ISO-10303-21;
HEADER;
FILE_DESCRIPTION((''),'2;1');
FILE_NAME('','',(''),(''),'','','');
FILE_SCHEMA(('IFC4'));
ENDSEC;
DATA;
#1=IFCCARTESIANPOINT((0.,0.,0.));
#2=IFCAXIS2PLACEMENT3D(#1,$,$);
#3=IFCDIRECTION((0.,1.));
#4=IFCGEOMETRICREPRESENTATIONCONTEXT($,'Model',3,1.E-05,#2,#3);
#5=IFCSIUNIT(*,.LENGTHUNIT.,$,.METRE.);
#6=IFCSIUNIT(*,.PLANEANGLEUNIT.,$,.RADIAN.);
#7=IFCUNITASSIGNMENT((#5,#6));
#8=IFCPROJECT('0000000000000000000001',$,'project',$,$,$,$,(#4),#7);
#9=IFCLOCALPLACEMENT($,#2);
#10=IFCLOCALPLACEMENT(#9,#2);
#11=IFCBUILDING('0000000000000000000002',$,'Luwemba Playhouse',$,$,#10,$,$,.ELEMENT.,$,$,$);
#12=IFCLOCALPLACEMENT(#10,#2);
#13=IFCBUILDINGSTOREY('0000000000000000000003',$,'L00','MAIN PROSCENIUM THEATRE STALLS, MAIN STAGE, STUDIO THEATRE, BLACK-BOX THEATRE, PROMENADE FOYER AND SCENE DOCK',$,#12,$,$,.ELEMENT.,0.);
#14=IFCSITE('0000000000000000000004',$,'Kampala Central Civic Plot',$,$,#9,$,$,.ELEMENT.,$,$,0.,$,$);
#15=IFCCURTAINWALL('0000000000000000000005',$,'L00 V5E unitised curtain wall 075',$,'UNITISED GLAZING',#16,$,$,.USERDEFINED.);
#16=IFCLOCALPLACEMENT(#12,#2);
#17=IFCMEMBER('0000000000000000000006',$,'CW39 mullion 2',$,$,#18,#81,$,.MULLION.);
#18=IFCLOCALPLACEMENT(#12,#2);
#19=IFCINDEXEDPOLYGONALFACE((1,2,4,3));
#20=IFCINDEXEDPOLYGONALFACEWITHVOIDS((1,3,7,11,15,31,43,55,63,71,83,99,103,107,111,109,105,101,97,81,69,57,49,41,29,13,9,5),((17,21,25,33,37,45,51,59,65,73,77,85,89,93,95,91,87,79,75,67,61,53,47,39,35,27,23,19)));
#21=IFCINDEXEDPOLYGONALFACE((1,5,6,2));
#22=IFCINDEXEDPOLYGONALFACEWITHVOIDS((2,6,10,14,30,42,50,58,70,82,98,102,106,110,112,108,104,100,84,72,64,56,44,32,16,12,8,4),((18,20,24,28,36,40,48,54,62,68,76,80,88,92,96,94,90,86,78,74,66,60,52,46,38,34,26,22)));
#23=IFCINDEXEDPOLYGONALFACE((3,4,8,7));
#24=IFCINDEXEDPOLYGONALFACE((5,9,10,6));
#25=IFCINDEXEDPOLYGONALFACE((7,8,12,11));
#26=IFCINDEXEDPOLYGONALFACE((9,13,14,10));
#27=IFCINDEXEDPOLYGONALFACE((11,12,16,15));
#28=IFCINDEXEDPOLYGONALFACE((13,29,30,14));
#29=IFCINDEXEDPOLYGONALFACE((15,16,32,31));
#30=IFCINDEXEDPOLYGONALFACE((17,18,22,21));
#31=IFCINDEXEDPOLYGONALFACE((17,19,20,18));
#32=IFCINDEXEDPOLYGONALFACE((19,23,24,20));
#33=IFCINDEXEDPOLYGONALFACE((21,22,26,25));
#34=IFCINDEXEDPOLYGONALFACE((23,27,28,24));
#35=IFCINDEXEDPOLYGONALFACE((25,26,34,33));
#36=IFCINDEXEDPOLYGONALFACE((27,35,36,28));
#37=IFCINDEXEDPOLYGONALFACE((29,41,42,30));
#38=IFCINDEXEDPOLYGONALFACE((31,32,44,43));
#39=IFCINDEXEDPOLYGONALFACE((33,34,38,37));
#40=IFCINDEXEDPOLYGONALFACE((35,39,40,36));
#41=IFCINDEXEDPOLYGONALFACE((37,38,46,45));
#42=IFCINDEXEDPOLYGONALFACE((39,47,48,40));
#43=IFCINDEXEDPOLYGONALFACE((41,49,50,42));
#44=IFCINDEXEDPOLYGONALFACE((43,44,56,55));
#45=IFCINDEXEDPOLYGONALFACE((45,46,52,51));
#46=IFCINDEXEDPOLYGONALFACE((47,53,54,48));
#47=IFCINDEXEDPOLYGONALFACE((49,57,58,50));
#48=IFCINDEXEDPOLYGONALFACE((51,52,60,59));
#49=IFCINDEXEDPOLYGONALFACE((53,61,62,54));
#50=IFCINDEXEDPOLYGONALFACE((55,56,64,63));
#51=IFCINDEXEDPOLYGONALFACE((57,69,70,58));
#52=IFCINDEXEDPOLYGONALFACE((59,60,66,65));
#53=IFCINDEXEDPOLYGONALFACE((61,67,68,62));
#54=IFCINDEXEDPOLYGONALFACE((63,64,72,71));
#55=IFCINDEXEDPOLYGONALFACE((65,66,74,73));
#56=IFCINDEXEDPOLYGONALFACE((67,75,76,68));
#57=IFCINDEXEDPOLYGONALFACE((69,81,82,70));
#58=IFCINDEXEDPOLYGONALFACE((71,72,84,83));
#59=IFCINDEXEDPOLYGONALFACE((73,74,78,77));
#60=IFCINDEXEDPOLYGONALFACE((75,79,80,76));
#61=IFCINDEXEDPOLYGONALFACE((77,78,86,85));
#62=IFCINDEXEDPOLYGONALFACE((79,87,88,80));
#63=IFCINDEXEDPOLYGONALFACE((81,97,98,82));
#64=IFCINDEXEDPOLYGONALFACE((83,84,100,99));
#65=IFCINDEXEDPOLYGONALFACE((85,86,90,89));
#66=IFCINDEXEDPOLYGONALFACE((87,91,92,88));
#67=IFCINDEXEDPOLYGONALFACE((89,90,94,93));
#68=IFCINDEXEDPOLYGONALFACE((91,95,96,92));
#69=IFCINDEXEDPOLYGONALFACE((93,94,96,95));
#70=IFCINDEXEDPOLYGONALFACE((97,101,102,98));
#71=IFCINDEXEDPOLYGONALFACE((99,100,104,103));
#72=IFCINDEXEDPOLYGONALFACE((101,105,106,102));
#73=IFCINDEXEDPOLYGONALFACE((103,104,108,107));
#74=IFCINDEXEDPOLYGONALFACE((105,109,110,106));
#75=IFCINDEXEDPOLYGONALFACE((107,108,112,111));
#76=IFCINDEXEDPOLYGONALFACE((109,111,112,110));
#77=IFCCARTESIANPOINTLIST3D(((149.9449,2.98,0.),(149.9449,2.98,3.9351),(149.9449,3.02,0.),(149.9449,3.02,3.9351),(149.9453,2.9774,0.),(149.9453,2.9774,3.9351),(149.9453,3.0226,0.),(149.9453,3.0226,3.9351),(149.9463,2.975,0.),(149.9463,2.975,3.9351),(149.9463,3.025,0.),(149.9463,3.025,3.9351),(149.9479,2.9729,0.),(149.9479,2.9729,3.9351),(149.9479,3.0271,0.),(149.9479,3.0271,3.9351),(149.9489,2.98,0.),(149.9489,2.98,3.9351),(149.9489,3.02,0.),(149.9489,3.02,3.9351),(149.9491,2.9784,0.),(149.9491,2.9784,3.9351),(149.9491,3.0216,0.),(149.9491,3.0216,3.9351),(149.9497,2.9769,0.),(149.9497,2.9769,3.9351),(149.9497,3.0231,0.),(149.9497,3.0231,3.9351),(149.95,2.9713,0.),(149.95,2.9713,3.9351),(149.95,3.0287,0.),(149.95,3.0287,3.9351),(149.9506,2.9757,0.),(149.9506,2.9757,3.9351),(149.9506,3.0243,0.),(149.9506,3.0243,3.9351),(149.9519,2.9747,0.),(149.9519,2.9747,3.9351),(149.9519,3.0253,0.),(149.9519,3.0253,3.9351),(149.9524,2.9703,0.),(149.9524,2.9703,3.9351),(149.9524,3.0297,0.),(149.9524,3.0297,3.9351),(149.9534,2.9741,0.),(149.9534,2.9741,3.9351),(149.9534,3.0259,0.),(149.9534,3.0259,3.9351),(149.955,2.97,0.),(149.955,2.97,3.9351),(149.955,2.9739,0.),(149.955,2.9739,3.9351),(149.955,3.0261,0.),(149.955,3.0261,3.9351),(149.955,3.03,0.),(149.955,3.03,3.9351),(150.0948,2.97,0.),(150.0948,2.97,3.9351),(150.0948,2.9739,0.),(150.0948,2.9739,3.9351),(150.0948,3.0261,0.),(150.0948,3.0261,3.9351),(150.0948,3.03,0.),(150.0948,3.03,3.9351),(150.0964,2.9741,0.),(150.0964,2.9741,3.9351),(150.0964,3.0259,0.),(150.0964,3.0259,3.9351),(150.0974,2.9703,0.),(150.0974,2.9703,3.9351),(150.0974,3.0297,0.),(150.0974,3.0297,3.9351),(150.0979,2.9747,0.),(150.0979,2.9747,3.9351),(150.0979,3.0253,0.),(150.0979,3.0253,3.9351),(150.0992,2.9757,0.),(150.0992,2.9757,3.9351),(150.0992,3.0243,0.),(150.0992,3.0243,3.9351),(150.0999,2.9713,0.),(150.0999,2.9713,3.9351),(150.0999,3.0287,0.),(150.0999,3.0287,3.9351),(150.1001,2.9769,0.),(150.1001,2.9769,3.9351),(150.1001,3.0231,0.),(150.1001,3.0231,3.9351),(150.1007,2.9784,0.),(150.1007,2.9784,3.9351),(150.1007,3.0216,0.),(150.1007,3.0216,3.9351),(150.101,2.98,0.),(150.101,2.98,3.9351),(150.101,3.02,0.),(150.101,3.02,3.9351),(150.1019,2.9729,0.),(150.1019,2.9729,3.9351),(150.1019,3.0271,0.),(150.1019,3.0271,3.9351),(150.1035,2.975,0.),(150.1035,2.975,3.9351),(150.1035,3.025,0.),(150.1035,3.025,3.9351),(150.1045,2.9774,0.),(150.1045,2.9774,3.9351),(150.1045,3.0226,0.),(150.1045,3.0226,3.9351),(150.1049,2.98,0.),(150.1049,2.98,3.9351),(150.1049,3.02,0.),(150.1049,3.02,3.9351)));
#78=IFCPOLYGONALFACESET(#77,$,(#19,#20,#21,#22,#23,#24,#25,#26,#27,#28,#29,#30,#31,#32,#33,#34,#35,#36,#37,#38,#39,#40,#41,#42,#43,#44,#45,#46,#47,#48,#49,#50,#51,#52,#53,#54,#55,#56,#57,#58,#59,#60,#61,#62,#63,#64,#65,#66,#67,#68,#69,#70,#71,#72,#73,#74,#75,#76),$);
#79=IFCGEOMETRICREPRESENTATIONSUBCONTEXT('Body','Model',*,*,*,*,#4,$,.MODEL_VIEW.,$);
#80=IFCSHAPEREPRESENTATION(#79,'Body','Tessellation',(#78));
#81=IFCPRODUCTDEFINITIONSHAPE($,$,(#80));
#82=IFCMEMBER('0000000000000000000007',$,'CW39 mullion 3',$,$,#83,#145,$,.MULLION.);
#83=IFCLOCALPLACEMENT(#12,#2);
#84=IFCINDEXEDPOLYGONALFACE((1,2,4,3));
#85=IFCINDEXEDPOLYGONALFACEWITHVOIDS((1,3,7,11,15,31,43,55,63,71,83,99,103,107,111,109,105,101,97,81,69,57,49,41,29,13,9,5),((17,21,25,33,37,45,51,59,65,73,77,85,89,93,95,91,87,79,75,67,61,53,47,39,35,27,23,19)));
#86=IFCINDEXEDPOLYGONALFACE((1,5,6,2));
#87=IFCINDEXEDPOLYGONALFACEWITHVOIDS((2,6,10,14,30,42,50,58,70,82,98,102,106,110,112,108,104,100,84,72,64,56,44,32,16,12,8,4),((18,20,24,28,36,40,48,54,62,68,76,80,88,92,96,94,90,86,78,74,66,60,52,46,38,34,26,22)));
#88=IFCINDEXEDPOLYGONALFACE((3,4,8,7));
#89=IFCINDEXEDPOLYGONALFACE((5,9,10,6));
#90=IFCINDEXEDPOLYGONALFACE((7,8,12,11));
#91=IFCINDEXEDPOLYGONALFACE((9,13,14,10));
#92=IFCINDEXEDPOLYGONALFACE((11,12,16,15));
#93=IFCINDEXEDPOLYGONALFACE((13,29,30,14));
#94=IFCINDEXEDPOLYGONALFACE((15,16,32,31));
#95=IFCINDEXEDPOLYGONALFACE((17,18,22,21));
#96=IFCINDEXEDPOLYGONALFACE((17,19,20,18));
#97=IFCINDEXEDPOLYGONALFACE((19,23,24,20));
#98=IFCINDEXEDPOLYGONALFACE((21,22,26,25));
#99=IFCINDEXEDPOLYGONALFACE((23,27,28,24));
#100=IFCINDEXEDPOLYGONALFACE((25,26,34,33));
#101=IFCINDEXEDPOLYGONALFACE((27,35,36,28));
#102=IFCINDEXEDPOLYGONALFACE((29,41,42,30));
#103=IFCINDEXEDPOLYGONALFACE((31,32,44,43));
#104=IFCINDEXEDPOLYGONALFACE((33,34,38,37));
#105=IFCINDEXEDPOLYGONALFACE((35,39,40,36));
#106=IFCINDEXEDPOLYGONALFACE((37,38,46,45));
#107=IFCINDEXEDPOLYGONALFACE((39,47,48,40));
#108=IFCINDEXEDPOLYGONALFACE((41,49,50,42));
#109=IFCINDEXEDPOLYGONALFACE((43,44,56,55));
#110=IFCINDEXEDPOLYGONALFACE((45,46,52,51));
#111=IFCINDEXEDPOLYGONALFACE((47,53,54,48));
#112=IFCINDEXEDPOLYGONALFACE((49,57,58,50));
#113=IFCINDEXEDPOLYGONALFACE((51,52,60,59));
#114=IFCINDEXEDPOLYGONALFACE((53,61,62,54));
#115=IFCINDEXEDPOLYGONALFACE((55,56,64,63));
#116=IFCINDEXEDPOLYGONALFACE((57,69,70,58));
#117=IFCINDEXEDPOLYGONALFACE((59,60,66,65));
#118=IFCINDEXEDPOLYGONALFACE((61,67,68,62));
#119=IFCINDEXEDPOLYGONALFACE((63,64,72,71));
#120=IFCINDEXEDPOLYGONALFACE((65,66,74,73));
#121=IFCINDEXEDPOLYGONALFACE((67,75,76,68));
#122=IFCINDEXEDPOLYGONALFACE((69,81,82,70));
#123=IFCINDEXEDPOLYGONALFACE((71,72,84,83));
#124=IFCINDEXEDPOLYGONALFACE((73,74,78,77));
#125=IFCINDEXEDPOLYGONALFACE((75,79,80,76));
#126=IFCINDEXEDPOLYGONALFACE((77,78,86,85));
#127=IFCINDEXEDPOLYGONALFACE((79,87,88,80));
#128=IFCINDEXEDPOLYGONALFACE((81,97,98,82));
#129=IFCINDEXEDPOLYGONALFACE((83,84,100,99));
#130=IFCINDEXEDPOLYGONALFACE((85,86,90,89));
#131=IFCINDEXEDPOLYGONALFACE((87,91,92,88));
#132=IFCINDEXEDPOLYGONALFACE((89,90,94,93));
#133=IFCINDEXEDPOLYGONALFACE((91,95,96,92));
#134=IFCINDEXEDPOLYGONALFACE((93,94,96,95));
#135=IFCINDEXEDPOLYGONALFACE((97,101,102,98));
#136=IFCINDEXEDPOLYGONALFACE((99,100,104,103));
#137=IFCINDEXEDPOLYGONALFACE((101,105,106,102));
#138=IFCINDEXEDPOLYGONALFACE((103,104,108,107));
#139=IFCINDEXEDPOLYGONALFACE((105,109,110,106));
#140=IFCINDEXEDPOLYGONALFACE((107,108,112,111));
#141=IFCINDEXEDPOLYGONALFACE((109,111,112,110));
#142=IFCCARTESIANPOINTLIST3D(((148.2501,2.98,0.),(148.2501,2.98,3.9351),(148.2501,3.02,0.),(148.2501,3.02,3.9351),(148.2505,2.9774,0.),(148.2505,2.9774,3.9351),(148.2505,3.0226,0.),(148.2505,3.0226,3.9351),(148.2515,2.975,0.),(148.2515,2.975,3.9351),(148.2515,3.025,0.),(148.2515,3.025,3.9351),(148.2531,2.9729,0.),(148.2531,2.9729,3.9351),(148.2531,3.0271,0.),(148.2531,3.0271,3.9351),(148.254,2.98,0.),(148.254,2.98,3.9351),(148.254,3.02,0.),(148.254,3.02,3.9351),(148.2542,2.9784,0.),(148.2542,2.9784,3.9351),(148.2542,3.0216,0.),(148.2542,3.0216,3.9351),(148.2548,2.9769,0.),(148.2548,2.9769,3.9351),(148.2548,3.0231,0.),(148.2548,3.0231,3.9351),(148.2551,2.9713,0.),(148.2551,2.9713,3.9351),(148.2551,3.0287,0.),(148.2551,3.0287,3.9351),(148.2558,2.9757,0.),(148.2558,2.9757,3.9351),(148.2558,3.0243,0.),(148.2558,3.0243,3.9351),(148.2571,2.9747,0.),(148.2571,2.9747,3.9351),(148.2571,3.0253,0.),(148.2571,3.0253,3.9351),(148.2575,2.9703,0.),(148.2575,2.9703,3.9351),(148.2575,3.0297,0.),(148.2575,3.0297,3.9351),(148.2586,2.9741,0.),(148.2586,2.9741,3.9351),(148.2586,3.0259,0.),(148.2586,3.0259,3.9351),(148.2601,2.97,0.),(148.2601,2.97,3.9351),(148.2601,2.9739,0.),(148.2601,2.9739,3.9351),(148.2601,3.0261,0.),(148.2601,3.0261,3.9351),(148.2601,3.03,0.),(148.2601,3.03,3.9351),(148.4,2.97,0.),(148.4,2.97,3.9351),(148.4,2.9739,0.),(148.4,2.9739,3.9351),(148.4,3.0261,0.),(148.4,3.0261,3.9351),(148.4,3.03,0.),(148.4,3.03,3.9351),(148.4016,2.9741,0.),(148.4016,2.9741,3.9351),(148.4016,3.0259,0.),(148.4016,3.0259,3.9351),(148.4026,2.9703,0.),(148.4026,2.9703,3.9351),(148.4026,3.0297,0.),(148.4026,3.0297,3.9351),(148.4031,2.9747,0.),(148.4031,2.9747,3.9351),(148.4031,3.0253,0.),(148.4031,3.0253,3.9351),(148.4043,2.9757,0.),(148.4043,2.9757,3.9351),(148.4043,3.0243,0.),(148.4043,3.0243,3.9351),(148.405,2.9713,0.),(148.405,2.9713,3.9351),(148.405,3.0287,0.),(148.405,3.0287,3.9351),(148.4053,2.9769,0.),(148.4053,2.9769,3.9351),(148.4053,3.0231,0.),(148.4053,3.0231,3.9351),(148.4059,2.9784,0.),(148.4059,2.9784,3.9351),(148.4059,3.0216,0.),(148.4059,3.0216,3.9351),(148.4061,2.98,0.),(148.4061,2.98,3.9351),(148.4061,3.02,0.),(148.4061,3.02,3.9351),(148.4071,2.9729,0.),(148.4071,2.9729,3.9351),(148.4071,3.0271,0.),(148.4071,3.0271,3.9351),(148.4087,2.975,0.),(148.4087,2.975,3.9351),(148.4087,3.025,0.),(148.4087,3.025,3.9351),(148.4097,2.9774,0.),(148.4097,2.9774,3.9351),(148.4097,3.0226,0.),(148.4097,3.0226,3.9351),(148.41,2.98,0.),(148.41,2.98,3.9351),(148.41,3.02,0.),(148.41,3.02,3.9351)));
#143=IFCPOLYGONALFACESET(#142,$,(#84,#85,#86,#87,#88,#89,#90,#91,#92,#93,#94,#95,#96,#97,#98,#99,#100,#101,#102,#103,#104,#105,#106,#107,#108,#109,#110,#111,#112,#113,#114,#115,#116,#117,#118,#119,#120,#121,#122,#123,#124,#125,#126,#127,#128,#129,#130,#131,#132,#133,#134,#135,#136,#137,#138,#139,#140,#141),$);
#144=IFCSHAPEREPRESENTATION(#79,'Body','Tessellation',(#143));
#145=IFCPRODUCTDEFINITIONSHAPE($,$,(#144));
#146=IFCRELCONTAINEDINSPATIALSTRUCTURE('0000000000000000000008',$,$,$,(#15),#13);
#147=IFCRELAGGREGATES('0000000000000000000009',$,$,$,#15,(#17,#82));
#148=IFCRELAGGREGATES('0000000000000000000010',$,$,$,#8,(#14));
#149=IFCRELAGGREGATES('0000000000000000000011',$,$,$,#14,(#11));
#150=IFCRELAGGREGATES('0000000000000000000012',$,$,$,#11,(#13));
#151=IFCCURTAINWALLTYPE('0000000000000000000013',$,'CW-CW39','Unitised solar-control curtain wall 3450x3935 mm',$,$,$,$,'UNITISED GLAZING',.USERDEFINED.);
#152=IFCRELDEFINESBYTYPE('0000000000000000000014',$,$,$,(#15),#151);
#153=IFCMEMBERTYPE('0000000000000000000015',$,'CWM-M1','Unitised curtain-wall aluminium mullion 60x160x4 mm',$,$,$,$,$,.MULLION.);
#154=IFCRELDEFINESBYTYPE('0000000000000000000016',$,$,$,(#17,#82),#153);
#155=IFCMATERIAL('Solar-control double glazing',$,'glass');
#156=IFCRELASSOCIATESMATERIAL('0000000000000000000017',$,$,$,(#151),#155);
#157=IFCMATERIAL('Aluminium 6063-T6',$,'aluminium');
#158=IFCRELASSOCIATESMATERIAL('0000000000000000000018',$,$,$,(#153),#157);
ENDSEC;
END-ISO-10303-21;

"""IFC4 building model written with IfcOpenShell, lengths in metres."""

from ifc_helpers import new_model, si_unit, direction, frame, origin, origin_2d, place, context, subcontext, project, spatial, hollow_rectangle, extrude, material, material_profile, profile_set, type_object, element, aggregate, save


model = new_model("IFC4")

# Units and contexts
model_context = context("Model", 3, precision=1e-05, world=origin(), true_north=direction((0.0, 1.0)))
body_context = subcontext(model_context, "Body", "Model", "MODEL_VIEW")
ifc_project = project(units=[si_unit("LENGTHUNIT", "METRE"), si_unit("PLANEANGLEUNIT", "RADIAN")], contexts=[model_context])

# Site, building, storey
site_placement = place(None, origin())
site = spatial("IfcSite", under=ifc_project, at=site_placement, Name="Kampala Central Civic Plot", CompositionType="ELEMENT", RefElevation=0.0)
building_placement = place(site_placement, origin())
building = spatial("IfcBuilding", under=site, at=building_placement, Name="Luwemba Playhouse", CompositionType="ELEMENT")
storey_placement = place(building_placement, origin())
storey = spatial("IfcBuildingStorey", under=building, at=storey_placement, Name="L00", Description="MAIN PROSCENIUM THEATRE STALLS, MAIN STAGE, STUDIO THEATRE, BLACK-BOX THEATRE, PROMENADE FOYER AND SCENE DOCK", CompositionType="ELEMENT", Elevation=0.0)

# Curtain wall, members
ifc_material_1 = material(Name="Solar-control double glazing", Category="glass")
curtain_wall_type_1 = type_object("IfcCurtainWallType", Name="CW-CW39", Description="Unitised solar-control curtain wall 3450x3935 mm", ElementType="UNITISED GLAZING", PredefinedType="USERDEFINED", material=ifc_material_1)
curtain_wall_1_placement = place(storey_placement, origin())
curtain_wall_1 = element("IfcCurtainWall", 1, at=curtain_wall_1_placement, inside=storey, type_object=curtain_wall_type_1, Name="L00 V5E unitised curtain wall 075", ObjectType="UNITISED GLAZING", PredefinedType="USERDEFINED")
ifc_material_2 = material(Name="Aluminium 6063-T6", Category="aluminium")
ifc_material_profile_1 = material_profile(ifc_material_2, hollow_rectangle(XDim=0.0601, YDim=0.1599, WallThickness=0.0039, InnerFilletRadius=0.0061, OuterFilletRadius=0.01, at=origin_2d()))
ifc_profile_set_1 = profile_set([ifc_material_profile_1], Name="Aluminium 6063-T6")
member_type_1 = type_object("IfcMemberType", Name="CWM-M1", Description="Unitised curtain-wall aluminium mullion 60x160x4 mm", PredefinedType="MULLION", material=ifc_profile_set_1)
member_1_placement = place(storey_placement, frame((150.0249, 3.0, 0.0), z_axis=(0.0, 0.0, 1.0), x_axis=(0.0, -1.0, 0.0)))
member_1 = element("IfcMember", 2, at=member_1_placement, type_object=member_type_1, Name="CW39 mullion 2", PredefinedType="MULLION", context=body_context, shape_type="SweptSolid", body=[
    extrude(hollow_rectangle(XDim=0.0601, YDim=0.1599, WallThickness=0.0039, InnerFilletRadius=0.0061, OuterFilletRadius=0.01, at=origin_2d()), origin(), (0.0, 0.0, 1.0), 3.9351),
])
member_2_placement = place(storey_placement, frame((148.3301, 3.0, 0.0), z_axis=(0.0, 0.0, 1.0), x_axis=(0.0, -1.0, 0.0)))
member_2 = element("IfcMember", 3, at=member_2_placement, type_object=member_type_1, Name="CW39 mullion 3", PredefinedType="MULLION", context=body_context, shape_type="SweptSolid", body=[
    extrude(hollow_rectangle(XDim=0.0601, YDim=0.1599, WallThickness=0.0039, InnerFilletRadius=0.0061, OuterFilletRadius=0.01, at=origin_2d()), origin(), (0.0, 0.0, 1.0), 3.9351),
])

aggregate(curtain_wall_1, [member_1, member_2])

save(model, "model.ifc")
